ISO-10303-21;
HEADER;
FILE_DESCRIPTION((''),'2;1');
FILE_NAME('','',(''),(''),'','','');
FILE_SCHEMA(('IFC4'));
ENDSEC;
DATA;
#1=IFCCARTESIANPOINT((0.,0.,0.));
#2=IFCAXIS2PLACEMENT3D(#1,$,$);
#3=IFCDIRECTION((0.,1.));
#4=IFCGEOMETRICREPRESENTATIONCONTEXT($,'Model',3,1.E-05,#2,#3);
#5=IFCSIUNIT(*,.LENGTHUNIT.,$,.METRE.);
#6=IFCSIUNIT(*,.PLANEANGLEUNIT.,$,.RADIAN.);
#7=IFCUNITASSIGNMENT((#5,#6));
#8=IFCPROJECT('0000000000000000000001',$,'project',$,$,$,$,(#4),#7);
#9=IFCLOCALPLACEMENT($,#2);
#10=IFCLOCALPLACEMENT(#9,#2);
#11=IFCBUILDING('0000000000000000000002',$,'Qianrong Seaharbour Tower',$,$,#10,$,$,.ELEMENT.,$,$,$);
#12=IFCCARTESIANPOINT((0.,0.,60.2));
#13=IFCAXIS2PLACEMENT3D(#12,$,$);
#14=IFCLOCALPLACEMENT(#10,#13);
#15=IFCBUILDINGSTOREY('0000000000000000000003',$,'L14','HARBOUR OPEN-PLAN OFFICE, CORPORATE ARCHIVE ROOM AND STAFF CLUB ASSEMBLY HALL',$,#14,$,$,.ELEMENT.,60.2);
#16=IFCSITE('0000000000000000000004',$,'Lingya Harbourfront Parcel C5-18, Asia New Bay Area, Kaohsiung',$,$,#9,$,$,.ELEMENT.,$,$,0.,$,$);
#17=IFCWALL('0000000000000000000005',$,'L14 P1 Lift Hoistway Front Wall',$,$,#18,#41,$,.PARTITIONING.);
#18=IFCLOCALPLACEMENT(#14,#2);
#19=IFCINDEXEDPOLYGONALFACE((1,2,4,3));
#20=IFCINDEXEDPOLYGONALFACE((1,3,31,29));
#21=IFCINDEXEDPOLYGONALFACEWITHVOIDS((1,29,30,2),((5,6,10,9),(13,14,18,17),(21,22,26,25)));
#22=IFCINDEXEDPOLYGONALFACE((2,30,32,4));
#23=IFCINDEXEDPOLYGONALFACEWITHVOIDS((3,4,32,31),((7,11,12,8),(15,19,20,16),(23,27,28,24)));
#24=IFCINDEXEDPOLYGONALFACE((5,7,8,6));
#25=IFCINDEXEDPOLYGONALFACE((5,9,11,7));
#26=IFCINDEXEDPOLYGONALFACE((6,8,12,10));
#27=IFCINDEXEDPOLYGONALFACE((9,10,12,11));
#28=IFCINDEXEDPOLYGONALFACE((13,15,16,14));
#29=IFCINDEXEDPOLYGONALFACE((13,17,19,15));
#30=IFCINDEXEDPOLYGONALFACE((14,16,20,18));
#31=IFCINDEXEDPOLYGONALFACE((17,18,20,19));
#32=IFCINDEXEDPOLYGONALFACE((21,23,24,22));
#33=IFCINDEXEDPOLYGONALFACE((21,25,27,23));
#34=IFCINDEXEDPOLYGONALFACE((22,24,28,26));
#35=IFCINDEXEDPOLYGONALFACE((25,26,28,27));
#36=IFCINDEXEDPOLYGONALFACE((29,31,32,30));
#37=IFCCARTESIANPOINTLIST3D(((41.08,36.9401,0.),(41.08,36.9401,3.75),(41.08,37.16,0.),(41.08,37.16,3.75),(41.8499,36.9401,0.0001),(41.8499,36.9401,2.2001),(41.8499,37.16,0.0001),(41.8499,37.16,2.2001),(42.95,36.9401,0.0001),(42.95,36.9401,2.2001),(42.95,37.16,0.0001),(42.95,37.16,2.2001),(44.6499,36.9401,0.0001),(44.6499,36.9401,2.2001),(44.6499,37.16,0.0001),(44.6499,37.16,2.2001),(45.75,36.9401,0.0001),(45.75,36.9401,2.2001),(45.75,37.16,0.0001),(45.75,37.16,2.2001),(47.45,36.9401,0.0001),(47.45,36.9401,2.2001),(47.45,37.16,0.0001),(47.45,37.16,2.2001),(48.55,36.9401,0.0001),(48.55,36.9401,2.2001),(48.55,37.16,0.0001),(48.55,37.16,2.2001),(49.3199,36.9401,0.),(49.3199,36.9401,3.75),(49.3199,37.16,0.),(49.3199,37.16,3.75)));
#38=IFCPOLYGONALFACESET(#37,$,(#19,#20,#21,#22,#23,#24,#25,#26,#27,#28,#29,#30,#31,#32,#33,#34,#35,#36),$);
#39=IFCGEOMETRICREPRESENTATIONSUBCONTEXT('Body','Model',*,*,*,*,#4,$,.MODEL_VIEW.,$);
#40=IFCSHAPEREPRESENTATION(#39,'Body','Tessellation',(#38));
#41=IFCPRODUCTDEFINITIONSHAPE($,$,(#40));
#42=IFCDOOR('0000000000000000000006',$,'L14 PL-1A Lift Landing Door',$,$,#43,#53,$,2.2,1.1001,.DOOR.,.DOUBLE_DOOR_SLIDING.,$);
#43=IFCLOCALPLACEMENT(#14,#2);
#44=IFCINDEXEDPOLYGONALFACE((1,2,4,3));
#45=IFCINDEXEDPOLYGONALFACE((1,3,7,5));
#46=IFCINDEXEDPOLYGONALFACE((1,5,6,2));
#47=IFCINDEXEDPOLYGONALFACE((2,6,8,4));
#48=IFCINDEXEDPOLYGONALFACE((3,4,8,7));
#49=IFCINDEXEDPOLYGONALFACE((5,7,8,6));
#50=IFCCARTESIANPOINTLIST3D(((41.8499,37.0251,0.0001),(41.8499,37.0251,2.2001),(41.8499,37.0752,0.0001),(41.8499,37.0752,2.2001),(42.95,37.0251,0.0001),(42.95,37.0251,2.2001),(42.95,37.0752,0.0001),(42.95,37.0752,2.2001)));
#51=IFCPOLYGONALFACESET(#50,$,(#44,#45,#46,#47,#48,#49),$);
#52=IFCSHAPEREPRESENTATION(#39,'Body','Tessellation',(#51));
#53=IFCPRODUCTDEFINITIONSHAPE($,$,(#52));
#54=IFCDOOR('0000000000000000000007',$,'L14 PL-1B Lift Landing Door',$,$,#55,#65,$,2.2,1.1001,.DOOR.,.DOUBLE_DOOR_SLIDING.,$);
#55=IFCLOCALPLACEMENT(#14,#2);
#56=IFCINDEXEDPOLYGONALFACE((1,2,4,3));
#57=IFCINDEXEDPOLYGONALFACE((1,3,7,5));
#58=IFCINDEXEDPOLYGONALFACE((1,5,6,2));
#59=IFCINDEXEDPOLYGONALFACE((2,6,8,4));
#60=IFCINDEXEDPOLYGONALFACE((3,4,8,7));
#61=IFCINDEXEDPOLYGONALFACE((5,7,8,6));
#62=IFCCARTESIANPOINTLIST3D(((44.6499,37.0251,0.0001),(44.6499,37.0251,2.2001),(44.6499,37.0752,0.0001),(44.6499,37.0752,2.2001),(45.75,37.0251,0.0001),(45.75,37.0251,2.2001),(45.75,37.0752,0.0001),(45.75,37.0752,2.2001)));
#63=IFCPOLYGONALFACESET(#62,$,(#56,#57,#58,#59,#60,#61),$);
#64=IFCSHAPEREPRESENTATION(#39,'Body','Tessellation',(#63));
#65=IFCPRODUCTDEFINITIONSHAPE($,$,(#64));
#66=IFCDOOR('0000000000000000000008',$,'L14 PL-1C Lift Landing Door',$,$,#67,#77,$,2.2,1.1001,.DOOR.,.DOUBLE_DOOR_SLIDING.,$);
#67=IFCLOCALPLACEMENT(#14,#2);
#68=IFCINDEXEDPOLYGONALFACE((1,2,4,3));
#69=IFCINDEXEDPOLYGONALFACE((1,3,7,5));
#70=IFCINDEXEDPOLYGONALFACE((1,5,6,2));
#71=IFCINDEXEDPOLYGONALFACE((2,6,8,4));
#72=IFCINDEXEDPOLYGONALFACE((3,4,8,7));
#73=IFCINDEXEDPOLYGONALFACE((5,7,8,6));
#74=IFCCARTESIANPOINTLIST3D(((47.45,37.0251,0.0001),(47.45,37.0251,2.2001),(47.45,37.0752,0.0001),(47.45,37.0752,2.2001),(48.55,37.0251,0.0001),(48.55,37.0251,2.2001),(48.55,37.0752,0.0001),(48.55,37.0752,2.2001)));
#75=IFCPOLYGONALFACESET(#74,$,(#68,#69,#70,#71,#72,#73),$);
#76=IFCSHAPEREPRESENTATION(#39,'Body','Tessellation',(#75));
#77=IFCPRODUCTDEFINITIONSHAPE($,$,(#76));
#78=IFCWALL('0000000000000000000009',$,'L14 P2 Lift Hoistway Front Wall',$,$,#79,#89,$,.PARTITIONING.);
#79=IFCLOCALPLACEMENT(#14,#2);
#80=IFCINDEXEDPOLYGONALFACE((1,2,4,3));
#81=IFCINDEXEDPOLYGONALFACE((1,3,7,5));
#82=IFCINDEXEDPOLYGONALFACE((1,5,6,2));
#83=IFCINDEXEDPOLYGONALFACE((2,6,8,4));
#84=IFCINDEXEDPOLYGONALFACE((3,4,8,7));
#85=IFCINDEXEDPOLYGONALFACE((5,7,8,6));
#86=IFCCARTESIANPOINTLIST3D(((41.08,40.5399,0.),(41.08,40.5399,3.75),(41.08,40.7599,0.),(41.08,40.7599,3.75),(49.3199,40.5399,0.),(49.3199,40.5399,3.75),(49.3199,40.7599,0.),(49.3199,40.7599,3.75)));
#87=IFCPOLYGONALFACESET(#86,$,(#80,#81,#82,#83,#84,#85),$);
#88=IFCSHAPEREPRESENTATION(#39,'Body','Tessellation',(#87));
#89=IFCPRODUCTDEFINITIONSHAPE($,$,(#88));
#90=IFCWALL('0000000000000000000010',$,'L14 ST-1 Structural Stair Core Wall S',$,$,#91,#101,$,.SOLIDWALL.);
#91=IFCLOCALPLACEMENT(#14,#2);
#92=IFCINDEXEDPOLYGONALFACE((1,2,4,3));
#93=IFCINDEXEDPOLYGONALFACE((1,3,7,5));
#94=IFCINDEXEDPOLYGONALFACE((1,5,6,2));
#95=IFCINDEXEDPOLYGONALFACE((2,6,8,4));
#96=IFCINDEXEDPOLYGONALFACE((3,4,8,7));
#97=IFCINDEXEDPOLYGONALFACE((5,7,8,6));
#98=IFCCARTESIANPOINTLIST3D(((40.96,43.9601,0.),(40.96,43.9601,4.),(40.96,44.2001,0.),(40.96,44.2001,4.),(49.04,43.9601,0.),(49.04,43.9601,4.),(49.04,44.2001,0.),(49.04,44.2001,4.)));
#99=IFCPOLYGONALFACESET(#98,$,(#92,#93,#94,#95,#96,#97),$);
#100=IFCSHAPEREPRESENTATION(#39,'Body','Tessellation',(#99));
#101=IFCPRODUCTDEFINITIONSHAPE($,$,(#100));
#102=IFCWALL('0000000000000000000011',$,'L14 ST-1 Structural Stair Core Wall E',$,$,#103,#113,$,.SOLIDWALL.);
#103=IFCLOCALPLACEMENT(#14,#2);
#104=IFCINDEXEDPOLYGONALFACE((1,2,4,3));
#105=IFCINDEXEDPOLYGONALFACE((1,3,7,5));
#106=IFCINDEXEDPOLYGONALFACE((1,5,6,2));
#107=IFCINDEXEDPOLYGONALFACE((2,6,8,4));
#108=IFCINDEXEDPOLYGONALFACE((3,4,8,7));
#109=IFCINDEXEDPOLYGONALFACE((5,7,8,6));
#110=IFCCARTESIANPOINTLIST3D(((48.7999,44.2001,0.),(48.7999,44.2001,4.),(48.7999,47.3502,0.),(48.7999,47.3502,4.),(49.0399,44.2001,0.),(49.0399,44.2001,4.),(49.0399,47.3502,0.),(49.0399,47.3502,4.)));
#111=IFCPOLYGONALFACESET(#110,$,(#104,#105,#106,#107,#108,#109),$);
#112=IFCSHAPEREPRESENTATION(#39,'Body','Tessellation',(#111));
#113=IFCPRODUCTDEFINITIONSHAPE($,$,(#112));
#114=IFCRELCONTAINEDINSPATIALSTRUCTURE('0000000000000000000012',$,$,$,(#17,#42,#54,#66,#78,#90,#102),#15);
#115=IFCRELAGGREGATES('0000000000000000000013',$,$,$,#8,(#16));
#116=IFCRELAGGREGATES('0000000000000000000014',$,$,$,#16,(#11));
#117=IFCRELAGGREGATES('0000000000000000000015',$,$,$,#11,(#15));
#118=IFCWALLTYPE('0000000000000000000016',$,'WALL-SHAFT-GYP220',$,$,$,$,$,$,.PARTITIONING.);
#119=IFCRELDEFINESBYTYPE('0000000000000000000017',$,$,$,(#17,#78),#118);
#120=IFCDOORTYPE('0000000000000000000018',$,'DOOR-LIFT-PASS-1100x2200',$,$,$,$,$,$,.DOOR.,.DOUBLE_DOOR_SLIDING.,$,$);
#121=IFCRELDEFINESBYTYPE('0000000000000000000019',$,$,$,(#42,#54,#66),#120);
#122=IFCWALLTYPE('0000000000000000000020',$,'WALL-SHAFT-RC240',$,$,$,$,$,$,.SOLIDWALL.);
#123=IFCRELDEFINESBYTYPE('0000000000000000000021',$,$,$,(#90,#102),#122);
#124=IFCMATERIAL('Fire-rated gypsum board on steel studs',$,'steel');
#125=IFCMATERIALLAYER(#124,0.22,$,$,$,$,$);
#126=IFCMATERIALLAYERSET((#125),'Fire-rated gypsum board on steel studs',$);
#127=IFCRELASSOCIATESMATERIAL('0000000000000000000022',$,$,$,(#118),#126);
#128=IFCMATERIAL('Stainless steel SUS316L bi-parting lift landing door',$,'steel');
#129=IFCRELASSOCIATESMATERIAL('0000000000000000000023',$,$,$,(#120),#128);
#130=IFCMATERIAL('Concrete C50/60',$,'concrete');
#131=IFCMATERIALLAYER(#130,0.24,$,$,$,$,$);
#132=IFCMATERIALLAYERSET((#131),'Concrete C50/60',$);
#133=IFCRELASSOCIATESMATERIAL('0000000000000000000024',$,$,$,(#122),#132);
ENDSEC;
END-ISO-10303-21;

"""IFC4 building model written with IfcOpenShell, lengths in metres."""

from ifc_helpers import new_model, si_unit, direction, frame, frame_2d, origin, place, context, subcontext, project, spatial, rectangle, extrude, material, layer, layer_set, type_object, element, fill, save


model = new_model("IFC4")

# Units and contexts
model_context = context("Model", 3, precision=1e-05, world=origin(), true_north=direction((0.0, 1.0)))
body_context = subcontext(model_context, "Body", "Model", "MODEL_VIEW")
ifc_project = project(units=[si_unit("LENGTHUNIT", "METRE"), si_unit("PLANEANGLEUNIT", "RADIAN")], contexts=[model_context])

# Site, building, storey
site_placement = place(None, origin())
site = spatial("IfcSite", under=ifc_project, at=site_placement, Name="Lingya Harbourfront Parcel C5-18, Asia New Bay Area, Kaohsiung", CompositionType="ELEMENT", RefElevation=0.0)
building_placement = place(site_placement, origin())
building = spatial("IfcBuilding", under=site, at=building_placement, Name="Qianrong Seaharbour Tower", CompositionType="ELEMENT")
storey_placement = place(building_placement, frame((0.0, 0.0, 60.2)))
storey = spatial("IfcBuildingStorey", under=building, at=storey_placement, Name="L14", Description="HARBOUR OPEN-PLAN OFFICE, CORPORATE ARCHIVE ROOM AND STAFF CLUB ASSEMBLY HALL", CompositionType="ELEMENT", Elevation=60.2)

# Shared definitions
ifc_material_1 = material(Name="Fire-rated gypsum board on steel studs", Category="steel")

# Wall, openings, doors
ifc_layer_1 = layer(ifc_material_1, 0.22)
ifc_layer_set_1 = layer_set([ifc_layer_1], Name="Fire-rated gypsum board on steel studs")
wall_type_1 = type_object("IfcWallType", Name="WALL-SHAFT-GYP220", PredefinedType="PARTITIONING", material=ifc_layer_set_1)
wall_1_placement = place(storey_placement, frame((49.3201, 37.05, 0.0), z_axis=(0.0, 0.0, 1.0), x_axis=(-1.0, 0.0, 0.0)))
wall_1 = element("IfcWall", 1, at=wall_1_placement, inside=storey, type_object=wall_type_1, Name="L14 P1 Lift Hoistway Front Wall", PredefinedType="PARTITIONING", context=body_context, shape_type="SweptSolid", body=[
    extrude(rectangle(XDim=8.24, YDim=0.22, at=frame_2d((4.1201, 0.0))), origin(), (0.0, 0.0, 1.0), 3.75),
])
opening_1_placement = place(wall_1_placement, frame((6.3701, 0.0, 0.0)))
opening_1 = element("IfcOpeningElement", 2, at=opening_1_placement, cuts=wall_1, PredefinedType="OPENING", context=body_context, shape_type="SweptSolid", body=[
    extrude(rectangle(XDim=1.1001, YDim=2.2, at=frame_2d((0.55, 1.1001))), frame((0.0, 0.1201, 0.0), z_axis=(0.0, -1.0, 0.0), x_axis=(1.0, 0.0, 0.0)), (0.0, 0.0, 1.0), 0.24),
])
opening_2_placement = place(wall_1_placement, frame((3.5701, 0.0, 0.0)))
opening_2 = element("IfcOpeningElement", 3, at=opening_2_placement, cuts=wall_1, PredefinedType="OPENING", context=body_context, shape_type="SweptSolid", body=[
    extrude(rectangle(XDim=1.1001, YDim=2.2, at=frame_2d((0.55, 1.1001))), frame((0.0, 0.1201, 0.0), z_axis=(0.0, -1.0, 0.0), x_axis=(1.0, 0.0, 0.0)), (0.0, 0.0, 1.0), 0.24),
])
opening_3_placement = place(wall_1_placement, frame((0.77, 0.0, 0.0)))
opening_3 = element("IfcOpeningElement", 4, at=opening_3_placement, cuts=wall_1, PredefinedType="OPENING", context=body_context, shape_type="SweptSolid", body=[
    extrude(rectangle(XDim=1.1001, YDim=2.2, at=frame_2d((0.55, 1.1001))), frame((0.0, 0.1201, 0.0), z_axis=(0.0, -1.0, 0.0), x_axis=(1.0, 0.0, 0.0)), (0.0, 0.0, 1.0), 0.24),
])
ifc_material_2 = material(Name="Stainless steel SUS316L bi-parting lift landing door", Category="steel")
door_type = type_object("IfcDoorType", Name="DOOR-LIFT-PASS-1100x2200", OperationType="DOUBLE_DOOR_SLIDING", PredefinedType="DOOR", material=ifc_material_2)
door_1_placement = place(opening_1_placement, origin())
door_1 = element("IfcDoor", 5, at=door_1_placement, inside=storey, type_object=door_type, Name="L14 PL-1A Lift Landing Door", OperationType="DOUBLE_DOOR_SLIDING", OverallHeight=2.2, OverallWidth=1.1001, PredefinedType="DOOR", context=body_context, shape_type="SweptSolid", body=[
    extrude(rectangle(XDim=1.1001, YDim=2.2, at=frame_2d((0.55, 1.1001))), frame((0.0, 0.0249, 0.0), z_axis=(0.0, -1.0, 0.0), x_axis=(1.0, 0.0, 0.0)), (0.0, 0.0, 1.0), 0.05),
])
fill(opening_1, door_1)
door_2_placement = place(opening_2_placement, origin())
door_2 = element("IfcDoor", 6, at=door_2_placement, inside=storey, type_object=door_type, Name="L14 PL-1B Lift Landing Door", OperationType="DOUBLE_DOOR_SLIDING", OverallHeight=2.2, OverallWidth=1.1001, PredefinedType="DOOR", context=body_context, shape_type="SweptSolid", body=[
    extrude(rectangle(XDim=1.1001, YDim=2.2, at=frame_2d((0.55, 1.1001))), frame((0.0, 0.0249, 0.0), z_axis=(0.0, -1.0, 0.0), x_axis=(1.0, 0.0, 0.0)), (0.0, 0.0, 1.0), 0.05),
])
fill(opening_2, door_2)
door_3_placement = place(opening_3_placement, origin())
door_3 = element("IfcDoor", 7, at=door_3_placement, inside=storey, type_object=door_type, Name="L14 PL-1C Lift Landing Door", OperationType="DOUBLE_DOOR_SLIDING", OverallHeight=2.2, OverallWidth=1.1001, PredefinedType="DOOR", context=body_context, shape_type="SweptSolid", body=[
    extrude(rectangle(XDim=1.1001, YDim=2.2, at=frame_2d((0.55, 1.1001))), frame((0.0, 0.0249, 0.0), z_axis=(0.0, -1.0, 0.0), x_axis=(1.0, 0.0, 0.0)), (0.0, 0.0, 1.0), 0.05),
])
fill(opening_3, door_3)

# Walls
wall_2_placement = place(storey_placement, frame((49.3201, 40.6499, 0.0), z_axis=(0.0, 0.0, 1.0), x_axis=(-1.0, 0.0, 0.0)))
element("IfcWall", 8, at=wall_2_placement, inside=storey, type_object=wall_type_1, Name="L14 P2 Lift Hoistway Front Wall", PredefinedType="PARTITIONING", context=body_context, shape_type="SweptSolid", body=[
    extrude(rectangle(XDim=8.24, YDim=0.22, at=frame_2d((4.1201, 0.0))), origin(), (0.0, 0.0, 1.0), 3.75),
])
ifc_material_3 = material(Name="Concrete C50/60", Category="concrete")
ifc_layer_2 = layer(ifc_material_3, 0.24)
ifc_layer_set_2 = layer_set([ifc_layer_2], Name="Concrete C50/60")
wall_type_2 = type_object("IfcWallType", Name="WALL-SHAFT-RC240", PredefinedType="SOLIDWALL", material=ifc_layer_set_2)
wall_3_placement = place(storey_placement, frame((49.04, 44.0801, 0.0), z_axis=(0.0, 0.0, 1.0), x_axis=(-1.0, 0.0, 0.0)))
element("IfcWall", 9, at=wall_3_placement, inside=storey, type_object=wall_type_2, Name="L14 ST-1 Structural Stair Core Wall S", PredefinedType="SOLIDWALL", context=body_context, shape_type="SweptSolid", body=[
    extrude(rectangle(XDim=8.0801, YDim=0.24, at=frame_2d((4.04, 0.0))), origin(), (0.0, 0.0, 1.0), 4.0),
])
wall_4_placement = place(storey_placement, frame((48.9199, 44.2, 0.0), z_axis=(0.0, 0.0, 1.0), x_axis=(0.0, 1.0, 0.0)))
element("IfcWall", 10, at=wall_4_placement, inside=storey, type_object=wall_type_2, Name="L14 ST-1 Structural Stair Core Wall E", PredefinedType="SOLIDWALL", context=body_context, shape_type="SweptSolid", body=[
    extrude(rectangle(XDim=3.1501, YDim=0.24, at=frame_2d((1.5752, 0.0))), origin(), (0.0, 0.0, 1.0), 4.0),
])

save(model, "model.ifc")
